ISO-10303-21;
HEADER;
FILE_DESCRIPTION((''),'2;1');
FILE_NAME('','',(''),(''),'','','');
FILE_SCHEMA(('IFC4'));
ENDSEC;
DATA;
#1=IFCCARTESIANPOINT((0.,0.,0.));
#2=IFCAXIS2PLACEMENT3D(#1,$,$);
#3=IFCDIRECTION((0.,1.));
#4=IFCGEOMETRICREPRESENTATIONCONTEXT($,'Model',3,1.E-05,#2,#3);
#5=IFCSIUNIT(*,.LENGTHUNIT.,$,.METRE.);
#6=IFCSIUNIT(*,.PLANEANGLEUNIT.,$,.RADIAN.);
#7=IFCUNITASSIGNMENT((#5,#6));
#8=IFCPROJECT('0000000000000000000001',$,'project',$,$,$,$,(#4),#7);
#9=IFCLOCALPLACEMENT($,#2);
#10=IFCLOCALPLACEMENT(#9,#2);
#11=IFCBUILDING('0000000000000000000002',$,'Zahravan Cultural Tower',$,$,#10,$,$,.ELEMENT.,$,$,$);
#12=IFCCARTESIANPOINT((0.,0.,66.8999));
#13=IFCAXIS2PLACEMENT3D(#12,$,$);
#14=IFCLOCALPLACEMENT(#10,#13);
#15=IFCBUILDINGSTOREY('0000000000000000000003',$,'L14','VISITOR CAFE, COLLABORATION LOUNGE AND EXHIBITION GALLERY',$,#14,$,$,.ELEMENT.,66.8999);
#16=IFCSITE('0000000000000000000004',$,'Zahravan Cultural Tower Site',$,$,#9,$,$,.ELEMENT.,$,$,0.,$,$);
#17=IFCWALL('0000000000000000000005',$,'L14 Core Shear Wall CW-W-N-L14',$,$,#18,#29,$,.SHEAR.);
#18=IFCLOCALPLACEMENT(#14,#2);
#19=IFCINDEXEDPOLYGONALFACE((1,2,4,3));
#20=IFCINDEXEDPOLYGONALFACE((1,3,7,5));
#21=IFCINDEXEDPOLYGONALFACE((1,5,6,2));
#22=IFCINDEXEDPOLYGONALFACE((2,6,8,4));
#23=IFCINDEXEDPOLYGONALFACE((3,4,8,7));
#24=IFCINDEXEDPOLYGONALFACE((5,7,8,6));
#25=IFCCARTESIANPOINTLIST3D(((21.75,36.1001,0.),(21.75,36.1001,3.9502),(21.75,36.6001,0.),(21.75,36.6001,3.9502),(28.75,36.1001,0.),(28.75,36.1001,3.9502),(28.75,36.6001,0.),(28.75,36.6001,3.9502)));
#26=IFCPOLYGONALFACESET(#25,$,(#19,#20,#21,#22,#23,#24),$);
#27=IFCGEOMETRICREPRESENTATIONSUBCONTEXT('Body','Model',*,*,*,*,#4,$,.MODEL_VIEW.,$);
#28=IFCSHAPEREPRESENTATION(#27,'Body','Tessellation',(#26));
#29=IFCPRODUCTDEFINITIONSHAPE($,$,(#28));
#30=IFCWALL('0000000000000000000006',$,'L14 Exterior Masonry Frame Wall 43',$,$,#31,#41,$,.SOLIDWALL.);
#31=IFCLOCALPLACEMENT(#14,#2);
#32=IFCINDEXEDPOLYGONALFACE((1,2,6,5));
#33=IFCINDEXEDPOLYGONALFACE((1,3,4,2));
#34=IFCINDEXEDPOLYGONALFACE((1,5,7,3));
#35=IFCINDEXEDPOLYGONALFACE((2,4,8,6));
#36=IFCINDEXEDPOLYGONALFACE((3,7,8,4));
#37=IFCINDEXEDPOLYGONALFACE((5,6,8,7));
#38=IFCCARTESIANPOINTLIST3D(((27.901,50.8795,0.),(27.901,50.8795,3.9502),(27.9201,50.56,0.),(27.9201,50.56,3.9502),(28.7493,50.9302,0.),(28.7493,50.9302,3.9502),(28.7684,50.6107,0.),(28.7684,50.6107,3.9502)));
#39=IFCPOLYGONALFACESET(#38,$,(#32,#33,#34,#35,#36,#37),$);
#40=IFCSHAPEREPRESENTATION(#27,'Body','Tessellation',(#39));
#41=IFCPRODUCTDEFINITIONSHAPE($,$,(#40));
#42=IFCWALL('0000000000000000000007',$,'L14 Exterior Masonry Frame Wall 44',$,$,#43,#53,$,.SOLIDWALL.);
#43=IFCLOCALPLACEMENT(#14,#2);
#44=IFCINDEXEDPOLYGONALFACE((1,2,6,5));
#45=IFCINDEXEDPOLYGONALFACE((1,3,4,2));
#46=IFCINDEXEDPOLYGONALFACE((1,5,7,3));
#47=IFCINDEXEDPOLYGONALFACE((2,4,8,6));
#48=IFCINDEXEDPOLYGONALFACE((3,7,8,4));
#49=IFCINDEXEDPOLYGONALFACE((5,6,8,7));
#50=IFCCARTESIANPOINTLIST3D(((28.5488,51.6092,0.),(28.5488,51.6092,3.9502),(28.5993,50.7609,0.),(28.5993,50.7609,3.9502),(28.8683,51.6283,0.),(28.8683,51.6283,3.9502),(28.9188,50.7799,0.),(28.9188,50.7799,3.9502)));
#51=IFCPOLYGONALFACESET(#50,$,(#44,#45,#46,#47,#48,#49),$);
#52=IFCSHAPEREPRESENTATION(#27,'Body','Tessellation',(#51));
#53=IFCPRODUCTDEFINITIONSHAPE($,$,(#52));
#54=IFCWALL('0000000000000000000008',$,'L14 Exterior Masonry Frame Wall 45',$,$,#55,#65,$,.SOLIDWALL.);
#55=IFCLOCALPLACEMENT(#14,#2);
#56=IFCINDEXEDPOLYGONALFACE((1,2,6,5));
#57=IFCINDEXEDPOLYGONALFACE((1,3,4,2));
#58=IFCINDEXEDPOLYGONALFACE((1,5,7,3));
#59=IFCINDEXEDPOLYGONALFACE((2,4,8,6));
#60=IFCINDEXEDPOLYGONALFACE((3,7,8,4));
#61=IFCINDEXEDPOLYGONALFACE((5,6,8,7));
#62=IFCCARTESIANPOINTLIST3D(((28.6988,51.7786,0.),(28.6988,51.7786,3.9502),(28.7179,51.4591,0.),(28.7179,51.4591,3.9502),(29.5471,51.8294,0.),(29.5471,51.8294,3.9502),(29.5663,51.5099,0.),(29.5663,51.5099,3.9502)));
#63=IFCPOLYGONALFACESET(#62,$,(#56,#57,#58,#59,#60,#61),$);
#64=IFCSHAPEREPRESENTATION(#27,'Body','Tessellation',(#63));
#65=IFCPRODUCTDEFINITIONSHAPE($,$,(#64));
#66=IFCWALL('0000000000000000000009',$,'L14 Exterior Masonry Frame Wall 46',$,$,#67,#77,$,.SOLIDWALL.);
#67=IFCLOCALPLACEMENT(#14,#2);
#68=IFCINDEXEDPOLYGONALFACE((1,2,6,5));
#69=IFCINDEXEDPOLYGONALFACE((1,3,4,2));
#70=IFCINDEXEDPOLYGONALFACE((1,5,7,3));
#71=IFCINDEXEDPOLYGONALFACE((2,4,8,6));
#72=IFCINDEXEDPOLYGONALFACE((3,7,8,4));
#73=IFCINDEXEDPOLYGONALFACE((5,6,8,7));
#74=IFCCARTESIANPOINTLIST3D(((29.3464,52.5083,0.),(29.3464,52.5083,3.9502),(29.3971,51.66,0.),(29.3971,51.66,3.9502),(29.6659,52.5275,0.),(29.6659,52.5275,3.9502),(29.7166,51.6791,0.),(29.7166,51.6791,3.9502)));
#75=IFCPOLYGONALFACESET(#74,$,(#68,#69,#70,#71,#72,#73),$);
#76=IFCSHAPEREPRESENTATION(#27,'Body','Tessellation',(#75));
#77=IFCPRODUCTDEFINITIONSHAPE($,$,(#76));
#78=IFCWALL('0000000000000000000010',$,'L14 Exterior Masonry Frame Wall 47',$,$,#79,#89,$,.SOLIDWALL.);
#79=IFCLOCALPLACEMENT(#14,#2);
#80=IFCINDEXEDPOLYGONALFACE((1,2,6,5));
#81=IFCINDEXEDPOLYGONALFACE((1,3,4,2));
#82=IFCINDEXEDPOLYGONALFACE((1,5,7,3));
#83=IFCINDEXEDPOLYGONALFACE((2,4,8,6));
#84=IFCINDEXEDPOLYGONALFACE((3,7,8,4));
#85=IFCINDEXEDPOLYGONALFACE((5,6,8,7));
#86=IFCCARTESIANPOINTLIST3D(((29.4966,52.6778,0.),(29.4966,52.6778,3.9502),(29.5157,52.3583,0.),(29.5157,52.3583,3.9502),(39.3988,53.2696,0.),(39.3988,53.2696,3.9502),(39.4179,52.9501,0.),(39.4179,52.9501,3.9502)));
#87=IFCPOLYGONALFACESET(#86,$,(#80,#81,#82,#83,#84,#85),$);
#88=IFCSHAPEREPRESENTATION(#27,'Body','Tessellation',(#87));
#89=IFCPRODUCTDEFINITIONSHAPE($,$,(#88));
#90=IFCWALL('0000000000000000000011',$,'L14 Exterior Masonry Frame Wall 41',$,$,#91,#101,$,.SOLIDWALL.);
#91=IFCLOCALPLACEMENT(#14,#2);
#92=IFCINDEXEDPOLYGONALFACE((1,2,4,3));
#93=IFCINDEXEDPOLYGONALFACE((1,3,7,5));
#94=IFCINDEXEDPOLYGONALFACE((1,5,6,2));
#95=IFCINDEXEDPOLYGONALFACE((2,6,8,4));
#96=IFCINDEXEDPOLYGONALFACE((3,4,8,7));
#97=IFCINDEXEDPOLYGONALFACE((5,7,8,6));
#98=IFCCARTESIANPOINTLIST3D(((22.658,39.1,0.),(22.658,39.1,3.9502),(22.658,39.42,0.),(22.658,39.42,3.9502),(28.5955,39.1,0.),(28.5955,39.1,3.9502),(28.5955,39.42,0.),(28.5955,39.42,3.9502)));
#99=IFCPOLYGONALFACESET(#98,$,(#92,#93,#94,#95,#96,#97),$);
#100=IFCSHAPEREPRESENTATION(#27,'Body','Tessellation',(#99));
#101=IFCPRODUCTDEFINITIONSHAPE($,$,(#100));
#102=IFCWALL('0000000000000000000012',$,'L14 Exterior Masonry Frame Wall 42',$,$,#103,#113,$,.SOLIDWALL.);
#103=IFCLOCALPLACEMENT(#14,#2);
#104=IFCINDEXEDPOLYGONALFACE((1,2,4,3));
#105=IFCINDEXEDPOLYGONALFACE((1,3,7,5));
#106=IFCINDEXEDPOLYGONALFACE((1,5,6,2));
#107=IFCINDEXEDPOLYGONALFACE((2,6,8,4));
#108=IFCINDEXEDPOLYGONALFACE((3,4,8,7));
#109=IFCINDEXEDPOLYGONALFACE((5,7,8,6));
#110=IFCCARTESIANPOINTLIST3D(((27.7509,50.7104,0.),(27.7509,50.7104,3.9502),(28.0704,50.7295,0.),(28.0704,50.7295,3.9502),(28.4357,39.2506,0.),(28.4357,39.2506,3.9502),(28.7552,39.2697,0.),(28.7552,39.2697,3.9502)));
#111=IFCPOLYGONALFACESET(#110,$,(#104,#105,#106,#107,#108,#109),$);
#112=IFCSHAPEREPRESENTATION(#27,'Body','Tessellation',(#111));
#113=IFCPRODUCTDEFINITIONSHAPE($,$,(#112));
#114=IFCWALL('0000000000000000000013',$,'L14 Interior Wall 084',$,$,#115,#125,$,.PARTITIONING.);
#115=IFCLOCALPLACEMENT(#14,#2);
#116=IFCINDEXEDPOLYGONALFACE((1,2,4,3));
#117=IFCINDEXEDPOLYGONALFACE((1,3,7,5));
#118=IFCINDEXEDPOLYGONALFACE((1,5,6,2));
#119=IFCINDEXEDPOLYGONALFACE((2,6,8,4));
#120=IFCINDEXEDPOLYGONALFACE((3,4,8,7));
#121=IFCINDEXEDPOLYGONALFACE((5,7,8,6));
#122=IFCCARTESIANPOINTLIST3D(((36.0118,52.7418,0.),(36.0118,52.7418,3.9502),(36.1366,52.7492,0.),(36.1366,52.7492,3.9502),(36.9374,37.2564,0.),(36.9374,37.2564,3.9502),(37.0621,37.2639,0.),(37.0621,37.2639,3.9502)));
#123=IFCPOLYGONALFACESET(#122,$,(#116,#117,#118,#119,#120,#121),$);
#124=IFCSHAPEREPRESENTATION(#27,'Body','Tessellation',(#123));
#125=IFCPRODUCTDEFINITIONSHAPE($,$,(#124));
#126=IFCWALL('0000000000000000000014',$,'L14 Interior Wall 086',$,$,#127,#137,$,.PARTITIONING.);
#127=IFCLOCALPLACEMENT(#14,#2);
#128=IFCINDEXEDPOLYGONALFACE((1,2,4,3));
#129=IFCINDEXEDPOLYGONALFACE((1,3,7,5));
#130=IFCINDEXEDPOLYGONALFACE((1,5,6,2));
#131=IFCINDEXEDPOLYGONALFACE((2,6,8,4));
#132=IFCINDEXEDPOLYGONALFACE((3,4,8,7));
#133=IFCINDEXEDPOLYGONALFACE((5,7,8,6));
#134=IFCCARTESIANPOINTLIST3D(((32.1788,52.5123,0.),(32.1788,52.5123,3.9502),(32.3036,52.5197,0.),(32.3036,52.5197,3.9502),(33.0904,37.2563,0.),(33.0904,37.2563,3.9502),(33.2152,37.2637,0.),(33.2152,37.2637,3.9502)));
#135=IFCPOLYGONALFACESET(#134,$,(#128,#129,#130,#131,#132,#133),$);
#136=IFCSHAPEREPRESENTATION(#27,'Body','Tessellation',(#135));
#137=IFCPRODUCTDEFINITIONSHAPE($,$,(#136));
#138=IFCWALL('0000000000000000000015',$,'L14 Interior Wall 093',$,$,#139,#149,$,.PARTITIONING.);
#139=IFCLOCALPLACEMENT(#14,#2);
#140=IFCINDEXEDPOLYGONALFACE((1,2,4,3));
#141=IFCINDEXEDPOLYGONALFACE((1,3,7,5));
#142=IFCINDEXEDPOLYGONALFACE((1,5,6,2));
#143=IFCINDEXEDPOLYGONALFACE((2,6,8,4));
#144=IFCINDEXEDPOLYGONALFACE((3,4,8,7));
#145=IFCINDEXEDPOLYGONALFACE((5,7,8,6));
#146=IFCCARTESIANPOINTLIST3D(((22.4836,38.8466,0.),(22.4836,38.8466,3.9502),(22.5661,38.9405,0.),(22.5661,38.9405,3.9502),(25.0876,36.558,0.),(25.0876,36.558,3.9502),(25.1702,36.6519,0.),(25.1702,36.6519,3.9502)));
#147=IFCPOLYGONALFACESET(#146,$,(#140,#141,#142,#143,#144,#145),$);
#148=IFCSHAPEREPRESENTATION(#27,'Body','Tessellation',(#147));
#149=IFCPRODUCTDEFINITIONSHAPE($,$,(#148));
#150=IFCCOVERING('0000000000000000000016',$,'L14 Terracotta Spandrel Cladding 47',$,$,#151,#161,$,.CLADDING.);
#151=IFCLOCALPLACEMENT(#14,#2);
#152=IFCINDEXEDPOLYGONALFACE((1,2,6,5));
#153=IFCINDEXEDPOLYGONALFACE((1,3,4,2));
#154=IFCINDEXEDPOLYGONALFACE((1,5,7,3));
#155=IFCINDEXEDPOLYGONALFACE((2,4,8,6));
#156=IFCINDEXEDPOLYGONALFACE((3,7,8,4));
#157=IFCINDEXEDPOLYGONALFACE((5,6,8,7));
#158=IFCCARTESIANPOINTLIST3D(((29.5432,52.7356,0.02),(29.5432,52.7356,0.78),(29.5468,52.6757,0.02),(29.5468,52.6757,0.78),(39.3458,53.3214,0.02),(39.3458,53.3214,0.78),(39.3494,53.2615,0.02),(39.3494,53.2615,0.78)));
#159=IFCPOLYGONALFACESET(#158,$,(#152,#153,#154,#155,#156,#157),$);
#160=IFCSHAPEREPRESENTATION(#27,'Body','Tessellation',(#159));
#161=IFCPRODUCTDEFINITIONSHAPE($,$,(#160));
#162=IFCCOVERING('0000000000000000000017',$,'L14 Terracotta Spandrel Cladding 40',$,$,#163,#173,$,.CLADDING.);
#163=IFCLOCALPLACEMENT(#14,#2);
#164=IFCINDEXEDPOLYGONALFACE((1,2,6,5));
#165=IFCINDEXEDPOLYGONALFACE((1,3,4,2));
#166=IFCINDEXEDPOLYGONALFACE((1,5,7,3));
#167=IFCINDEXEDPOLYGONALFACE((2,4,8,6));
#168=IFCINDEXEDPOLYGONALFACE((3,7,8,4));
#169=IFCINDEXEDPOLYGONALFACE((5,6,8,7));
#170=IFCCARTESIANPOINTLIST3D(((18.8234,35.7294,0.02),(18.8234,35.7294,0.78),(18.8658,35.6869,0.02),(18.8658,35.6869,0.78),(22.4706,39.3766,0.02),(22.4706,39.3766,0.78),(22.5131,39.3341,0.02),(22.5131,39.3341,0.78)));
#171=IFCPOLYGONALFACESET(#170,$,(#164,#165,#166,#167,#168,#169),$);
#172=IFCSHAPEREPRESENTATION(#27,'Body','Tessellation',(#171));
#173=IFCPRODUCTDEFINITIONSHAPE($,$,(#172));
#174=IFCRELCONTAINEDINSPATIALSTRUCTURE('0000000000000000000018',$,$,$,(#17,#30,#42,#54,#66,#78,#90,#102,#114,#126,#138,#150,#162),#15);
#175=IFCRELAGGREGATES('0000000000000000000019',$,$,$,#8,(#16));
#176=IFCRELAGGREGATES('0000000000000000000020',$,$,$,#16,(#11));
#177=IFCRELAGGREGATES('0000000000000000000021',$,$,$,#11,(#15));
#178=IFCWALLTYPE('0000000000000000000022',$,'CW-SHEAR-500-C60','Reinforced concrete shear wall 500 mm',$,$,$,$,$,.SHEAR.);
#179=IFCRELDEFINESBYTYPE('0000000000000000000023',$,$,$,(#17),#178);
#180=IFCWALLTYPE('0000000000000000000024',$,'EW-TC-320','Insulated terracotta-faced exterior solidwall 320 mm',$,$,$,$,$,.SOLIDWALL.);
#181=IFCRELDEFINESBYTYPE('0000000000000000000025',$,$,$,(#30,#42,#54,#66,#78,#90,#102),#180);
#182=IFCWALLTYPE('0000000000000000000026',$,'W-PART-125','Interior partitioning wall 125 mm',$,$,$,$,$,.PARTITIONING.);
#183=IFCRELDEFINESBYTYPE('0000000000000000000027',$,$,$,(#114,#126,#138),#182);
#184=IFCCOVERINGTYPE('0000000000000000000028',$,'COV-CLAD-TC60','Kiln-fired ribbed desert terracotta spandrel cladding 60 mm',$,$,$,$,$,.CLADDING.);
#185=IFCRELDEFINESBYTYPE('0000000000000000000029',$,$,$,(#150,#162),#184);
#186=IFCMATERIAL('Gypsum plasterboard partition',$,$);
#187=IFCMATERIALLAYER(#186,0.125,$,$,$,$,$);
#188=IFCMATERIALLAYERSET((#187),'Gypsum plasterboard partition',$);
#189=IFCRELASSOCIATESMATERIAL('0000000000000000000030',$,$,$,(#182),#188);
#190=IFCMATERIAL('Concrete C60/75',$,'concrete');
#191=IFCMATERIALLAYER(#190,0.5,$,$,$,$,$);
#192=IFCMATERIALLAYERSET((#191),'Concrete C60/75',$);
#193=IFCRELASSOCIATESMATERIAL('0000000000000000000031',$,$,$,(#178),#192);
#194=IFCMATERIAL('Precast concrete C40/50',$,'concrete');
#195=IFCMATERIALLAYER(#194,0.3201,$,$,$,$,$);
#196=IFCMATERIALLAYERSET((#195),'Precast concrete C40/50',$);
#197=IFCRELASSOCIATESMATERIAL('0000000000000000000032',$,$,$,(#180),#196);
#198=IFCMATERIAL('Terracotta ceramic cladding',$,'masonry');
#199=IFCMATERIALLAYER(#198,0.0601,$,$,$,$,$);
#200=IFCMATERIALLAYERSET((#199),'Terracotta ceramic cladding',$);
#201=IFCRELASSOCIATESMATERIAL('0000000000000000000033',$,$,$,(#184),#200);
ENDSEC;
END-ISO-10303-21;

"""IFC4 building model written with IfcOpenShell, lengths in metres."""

from ifc_helpers import new_model, si_unit, direction, frame, frame_2d, origin, origin_2d, place, context, subcontext, project, spatial, rectangle, extrude, source, transform, mapped, material, layer, layer_set, type_object, element, save


model = new_model("IFC4")

# Units and contexts
model_context = context("Model", 3, precision=1e-05, world=origin(), true_north=direction((0.0, 1.0)))
body_context = subcontext(model_context, "Body", "Model", "MODEL_VIEW")
ifc_project = project(units=[si_unit("LENGTHUNIT", "METRE"), si_unit("PLANEANGLEUNIT", "RADIAN")], contexts=[model_context])

# Site, building, storey
site_placement = place(None, origin())
site = spatial("IfcSite", under=ifc_project, at=site_placement, Name="Zahravan Cultural Tower Site", CompositionType="ELEMENT", RefElevation=0.0)
building_placement = place(site_placement, origin())
building = spatial("IfcBuilding", under=site, at=building_placement, Name="Zahravan Cultural Tower", CompositionType="ELEMENT")
storey_placement = place(building_placement, frame((0.0, 0.0, 66.8999)))
storey = spatial("IfcBuildingStorey", under=building, at=storey_placement, Name="L14", Description="VISITOR CAFE, COLLABORATION LOUNGE AND EXHIBITION GALLERY", CompositionType="ELEMENT", Elevation=66.8999)

# Shared definitions
ifc_material_1 = material(Name="Concrete C60/75", Category="concrete")

# Shared definitions
ifc_material_2 = material(Name="Gypsum plasterboard partition")
ifc_layer_1 = layer(ifc_material_2, 0.125)
ifc_layer_set_1 = layer_set([ifc_layer_1], Name="Gypsum plasterboard partition")
wall_type_1 = type_object("IfcWallType", Name="W-PART-125", Description="Interior partitioning wall 125 mm", PredefinedType="PARTITIONING", material=ifc_layer_set_1)

# Walls
ifc_layer_2 = layer(ifc_material_1, 0.5)
ifc_layer_set_2 = layer_set([ifc_layer_2], Name="Concrete C60/75")
wall_type_2 = type_object("IfcWallType", Name="CW-SHEAR-500-C60", Description="Reinforced concrete shear wall 500 mm", PredefinedType="SHEAR", material=ifc_layer_set_2)
shared_shape_1 = source(origin(), body_context, "Body", "SweptSolid", [
    extrude(rectangle(XDim=7.0, YDim=0.5, at=frame_2d((3.5, 0.0))), origin(), (0.0, 0.0, 1.0), 3.9502),
])
wall_1_placement = place(storey_placement, frame((21.75, 36.3501, 0.0), z_axis=(0.0, 0.0, 1.0), x_axis=(1.0, 0.0, 0.0)))
element("IfcWall", 1, at=wall_1_placement, inside=storey, type_object=wall_type_2, Name="L14 Core Shear Wall CW-W-N-L14", PredefinedType="SHEAR", context=body_context, shape_type="MappedRepresentation", body=[
    mapped(shared_shape_1, transform((0.0, 0.0, 0.0), x_axis=(1.0, 0.0, 0.0), y_axis=(0.0, 1.0, 0.0), z_axis=(0.0, 0.0, 1.0), scale=1.0)),
])
ifc_material_3 = material(Name="Precast concrete C40/50", Category="concrete")
ifc_layer_3 = layer(ifc_material_3, 0.3201)
ifc_layer_set_3 = layer_set([ifc_layer_3], Name="Precast concrete C40/50")
wall_type_3 = type_object("IfcWallType", Name="EW-TC-320", Description="Insulated terracotta-faced exterior solidwall 320 mm", PredefinedType="SOLIDWALL", material=ifc_layer_set_3)
shared_shape_2 = source(origin(), body_context, "Body", "SweptSolid", [
    extrude(rectangle(XDim=0.8499, YDim=0.3201, at=frame_2d((0.4248, 0.0))), origin(), (0.0, 0.0, 1.0), 3.9502),
])
for number, where, z_axis, x_axis, name in (
    (2, (27.9106, 50.7197, 0.0), (0.0, 0.0, 1.0), (0.998213, 0.059749, 0.0), "L14 Exterior Masonry Frame Wall 43"),
    (3, (28.759, 50.7705, 0.0), (0.0, 0.0, 1.0), (-0.059463, 0.998231, 0.0), "L14 Exterior Masonry Frame Wall 44"),
    (4, (28.7085, 51.6189, 0.0), (0.0, 0.0, 1.0), (0.998213, 0.059749, 0.0), "L14 Exterior Masonry Frame Wall 45"),
    (5, (29.5569, 51.6697, 0.0), (0.0, 0.0, 1.0), (-0.059749, 0.998213, 0.0), "L14 Exterior Masonry Frame Wall 46"),
):
    element("IfcWall", number, at=place(storey_placement, frame(where, z_axis=z_axis, x_axis=x_axis)), inside=storey, type_object=wall_type_3, Name=name, PredefinedType="SOLIDWALL", context=body_context, shape_type="MappedRepresentation", body=[
        mapped(shared_shape_2, transform((0.0, 0.0, 0.0), x_axis=(1.0, 0.0, 0.0), y_axis=(0.0, 1.0, 0.0), z_axis=(0.0, 0.0, 1.0), scale=1.0)),
    ])
shared_shape_3 = source(origin(), body_context, "Body", "SweptSolid", [
    extrude(rectangle(XDim=9.9199, YDim=0.3201, at=frame_2d((4.96, 0.0))), origin(), (0.0, 0.0, 1.0), 3.9502),
])
wall_2_placement = place(storey_placement, frame((29.5061, 52.5181, 0.0), z_axis=(0.0, 0.0, 1.0), x_axis=(0.998219, 0.059657, 0.0)))
element("IfcWall", 6, at=wall_2_placement, inside=storey, type_object=wall_type_3, Name="L14 Exterior Masonry Frame Wall 47", PredefinedType="SOLIDWALL", context=body_context, shape_type="MappedRepresentation", body=[
    mapped(shared_shape_3, transform((0.0, 0.0, 0.0), x_axis=(1.0, 0.0, 0.0), y_axis=(0.0, 1.0, 0.0), z_axis=(0.0, 0.0, 1.0), scale=1.0)),
])
shared_shape_4 = source(origin(), body_context, "Body", "SweptSolid", [
    extrude(rectangle(XDim=5.9375, YDim=0.3201, at=frame_2d((2.9688, 0.0))), origin(), (0.0, 0.0, 1.0), 3.9502),
])
wall_3_placement = place(storey_placement, frame((22.658, 39.26, 0.0), z_axis=(0.0, 0.0, 1.0), x_axis=(1.0, 0.0, 0.0)))
element("IfcWall", 7, at=wall_3_placement, inside=storey, type_object=wall_type_3, Name="L14 Exterior Masonry Frame Wall 41", PredefinedType="SOLIDWALL", context=body_context, shape_type="MappedRepresentation", body=[
    mapped(shared_shape_4, transform((0.0, 0.0, 0.0), x_axis=(1.0, 0.0, 0.0), y_axis=(0.0, 1.0, 0.0), z_axis=(0.0, 0.0, 1.0), scale=1.0)),
])
shared_shape_5 = source(origin(), body_context, "Body", "SweptSolid", [
    extrude(rectangle(XDim=11.4802, YDim=0.3201, at=frame_2d((5.7402, 0.0))), origin(), (0.0, 0.0, 1.0), 3.9502),
])
wall_4_placement = place(storey_placement, frame((28.5955, 39.26, 0.0), z_axis=(0.0, 0.0, 1.0), x_axis=(-0.059652, 0.998219, 0.0)))
element("IfcWall", 8, at=wall_4_placement, inside=storey, type_object=wall_type_3, Name="L14 Exterior Masonry Frame Wall 42", PredefinedType="SOLIDWALL", context=body_context, shape_type="MappedRepresentation", body=[
    mapped(shared_shape_5, transform((0.0, 0.0, 0.0), x_axis=(1.0, 0.0, 0.0), y_axis=(0.0, 1.0, 0.0), z_axis=(0.0, 0.0, 1.0), scale=1.0)),
])
shared_shape_6 = source(origin(), body_context, "Body", "SweptSolid", [
    extrude(rectangle(XDim=15.5129, YDim=0.125, at=frame_2d((7.7563, 0.0))), origin(), (0.0, 0.0, 1.0), 3.9502),
])
wall_5_placement = place(storey_placement, frame((36.0742, 52.7454, 0.0), z_axis=(0.0, 0.0, 1.0), x_axis=(0.059662, -0.998219, 0.0)))
element("IfcWall", 9, at=wall_5_placement, inside=storey, type_object=wall_type_1, Name="L14 Interior Wall 084", PredefinedType="PARTITIONING", context=body_context, shape_type="MappedRepresentation", body=[
    mapped(shared_shape_6, transform((0.0, 0.0, 0.0), x_axis=(1.0, 0.0, 0.0), y_axis=(0.0, 1.0, 0.0), z_axis=(0.0, 0.0, 1.0), scale=1.0)),
])
shared_shape_7 = source(origin(), body_context, "Body", "SweptSolid", [
    extrude(rectangle(XDim=15.2832, YDim=0.125, at=frame_2d((7.6416, 0.0))), origin(), (0.0, 0.0, 1.0), 3.9502),
])
wall_6_placement = place(storey_placement, frame((33.1528, 37.26, 0.0), z_axis=(0.0, 0.0, 1.0), x_axis=(-0.059648, 0.998219, 0.0)))
element("IfcWall", 10, at=wall_6_placement, inside=storey, type_object=wall_type_1, Name="L14 Interior Wall 086", PredefinedType="PARTITIONING", context=body_context, shape_type="MappedRepresentation", body=[
    mapped(shared_shape_7, transform((0.0, 0.0, 0.0), x_axis=(1.0, 0.0, 0.0), y_axis=(0.0, 1.0, 0.0), z_axis=(0.0, 0.0, 1.0), scale=1.0)),
])
shared_shape_8 = source(origin(), body_context, "Body", "SweptSolid", [
    extrude(rectangle(XDim=3.4668, YDim=0.125, at=frame_2d((1.7334, 0.0))), origin(), (0.0, 0.0, 1.0), 3.9502),
])
wall_7_placement = place(storey_placement, frame((25.1289, 36.605, 0.0), z_axis=(0.0, 0.0, 1.0), x_axis=(-0.751135, 0.660148, 0.0)))
element("IfcWall", 11, at=wall_7_placement, inside=storey, type_object=wall_type_1, Name="L14 Interior Wall 093", PredefinedType="PARTITIONING", context=body_context, shape_type="MappedRepresentation", body=[
    mapped(shared_shape_8, transform((0.0, 0.0, 0.0), x_axis=(1.0, 0.0, 0.0), y_axis=(0.0, 1.0, 0.0), z_axis=(0.0, 0.0, 1.0), scale=1.0)),
])

# Coverings
ifc_material_4 = material(Name="Terracotta ceramic cladding", Category="masonry")
ifc_layer_4 = layer(ifc_material_4, 0.0601)
ifc_layer_set_4 = layer_set([ifc_layer_4], Name="Terracotta ceramic cladding")
covering_type = type_object("IfcCoveringType", Name="COV-CLAD-TC60", Description="Kiln-fired ribbed desert terracotta spandrel cladding 60 mm", PredefinedType="CLADDING", material=ifc_layer_set_4)
shared_shape_9 = source(origin(), body_context, "Body", "SweptSolid", [
    extrude(rectangle(XDim=9.8201, YDim=0.0601, at=origin_2d()), origin(), (0.0, 0.0, 1.0), 0.76),
])
covering_1_placement = place(storey_placement, frame((34.4463, 52.9985, 0.02), z_axis=(0.0, 0.0, 1.0), x_axis=(0.998219, 0.059655, 0.0)))
element("IfcCovering", 12, at=covering_1_placement, inside=storey, type_object=covering_type, Name="L14 Terracotta Spandrel Cladding 47", PredefinedType="CLADDING", context=body_context, shape_type="MappedRepresentation", body=[
    mapped(shared_shape_9, transform((0.0, 0.0, 0.0), x_axis=(1.0, 0.0, 0.0), y_axis=(0.0, 1.0, 0.0), z_axis=(0.0, 0.0, 1.0), scale=1.0)),
])
shared_shape_10 = source(origin(), body_context, "Body", "SweptSolid", [
    extrude(rectangle(XDim=5.158, YDim=0.0601, at=origin_2d()), origin(), (0.0, 0.0, 1.0), 0.76),
])
covering_2_placement = place(storey_placement, frame((20.6682, 37.5317, 0.02), z_axis=(0.0, 0.0, 1.0), x_axis=(0.707107, 0.707107, 0.0)))
element("IfcCovering", 13, at=covering_2_placement, inside=storey, type_object=covering_type, Name="L14 Terracotta Spandrel Cladding 40", PredefinedType="CLADDING", context=body_context, shape_type="MappedRepresentation", body=[
    mapped(shared_shape_10, transform((0.0, 0.0, 0.0), x_axis=(1.0, 0.0, 0.0), y_axis=(0.0, 1.0, 0.0), z_axis=(0.0, 0.0, 1.0), scale=1.0)),
])

save(model, "model.ifc")
